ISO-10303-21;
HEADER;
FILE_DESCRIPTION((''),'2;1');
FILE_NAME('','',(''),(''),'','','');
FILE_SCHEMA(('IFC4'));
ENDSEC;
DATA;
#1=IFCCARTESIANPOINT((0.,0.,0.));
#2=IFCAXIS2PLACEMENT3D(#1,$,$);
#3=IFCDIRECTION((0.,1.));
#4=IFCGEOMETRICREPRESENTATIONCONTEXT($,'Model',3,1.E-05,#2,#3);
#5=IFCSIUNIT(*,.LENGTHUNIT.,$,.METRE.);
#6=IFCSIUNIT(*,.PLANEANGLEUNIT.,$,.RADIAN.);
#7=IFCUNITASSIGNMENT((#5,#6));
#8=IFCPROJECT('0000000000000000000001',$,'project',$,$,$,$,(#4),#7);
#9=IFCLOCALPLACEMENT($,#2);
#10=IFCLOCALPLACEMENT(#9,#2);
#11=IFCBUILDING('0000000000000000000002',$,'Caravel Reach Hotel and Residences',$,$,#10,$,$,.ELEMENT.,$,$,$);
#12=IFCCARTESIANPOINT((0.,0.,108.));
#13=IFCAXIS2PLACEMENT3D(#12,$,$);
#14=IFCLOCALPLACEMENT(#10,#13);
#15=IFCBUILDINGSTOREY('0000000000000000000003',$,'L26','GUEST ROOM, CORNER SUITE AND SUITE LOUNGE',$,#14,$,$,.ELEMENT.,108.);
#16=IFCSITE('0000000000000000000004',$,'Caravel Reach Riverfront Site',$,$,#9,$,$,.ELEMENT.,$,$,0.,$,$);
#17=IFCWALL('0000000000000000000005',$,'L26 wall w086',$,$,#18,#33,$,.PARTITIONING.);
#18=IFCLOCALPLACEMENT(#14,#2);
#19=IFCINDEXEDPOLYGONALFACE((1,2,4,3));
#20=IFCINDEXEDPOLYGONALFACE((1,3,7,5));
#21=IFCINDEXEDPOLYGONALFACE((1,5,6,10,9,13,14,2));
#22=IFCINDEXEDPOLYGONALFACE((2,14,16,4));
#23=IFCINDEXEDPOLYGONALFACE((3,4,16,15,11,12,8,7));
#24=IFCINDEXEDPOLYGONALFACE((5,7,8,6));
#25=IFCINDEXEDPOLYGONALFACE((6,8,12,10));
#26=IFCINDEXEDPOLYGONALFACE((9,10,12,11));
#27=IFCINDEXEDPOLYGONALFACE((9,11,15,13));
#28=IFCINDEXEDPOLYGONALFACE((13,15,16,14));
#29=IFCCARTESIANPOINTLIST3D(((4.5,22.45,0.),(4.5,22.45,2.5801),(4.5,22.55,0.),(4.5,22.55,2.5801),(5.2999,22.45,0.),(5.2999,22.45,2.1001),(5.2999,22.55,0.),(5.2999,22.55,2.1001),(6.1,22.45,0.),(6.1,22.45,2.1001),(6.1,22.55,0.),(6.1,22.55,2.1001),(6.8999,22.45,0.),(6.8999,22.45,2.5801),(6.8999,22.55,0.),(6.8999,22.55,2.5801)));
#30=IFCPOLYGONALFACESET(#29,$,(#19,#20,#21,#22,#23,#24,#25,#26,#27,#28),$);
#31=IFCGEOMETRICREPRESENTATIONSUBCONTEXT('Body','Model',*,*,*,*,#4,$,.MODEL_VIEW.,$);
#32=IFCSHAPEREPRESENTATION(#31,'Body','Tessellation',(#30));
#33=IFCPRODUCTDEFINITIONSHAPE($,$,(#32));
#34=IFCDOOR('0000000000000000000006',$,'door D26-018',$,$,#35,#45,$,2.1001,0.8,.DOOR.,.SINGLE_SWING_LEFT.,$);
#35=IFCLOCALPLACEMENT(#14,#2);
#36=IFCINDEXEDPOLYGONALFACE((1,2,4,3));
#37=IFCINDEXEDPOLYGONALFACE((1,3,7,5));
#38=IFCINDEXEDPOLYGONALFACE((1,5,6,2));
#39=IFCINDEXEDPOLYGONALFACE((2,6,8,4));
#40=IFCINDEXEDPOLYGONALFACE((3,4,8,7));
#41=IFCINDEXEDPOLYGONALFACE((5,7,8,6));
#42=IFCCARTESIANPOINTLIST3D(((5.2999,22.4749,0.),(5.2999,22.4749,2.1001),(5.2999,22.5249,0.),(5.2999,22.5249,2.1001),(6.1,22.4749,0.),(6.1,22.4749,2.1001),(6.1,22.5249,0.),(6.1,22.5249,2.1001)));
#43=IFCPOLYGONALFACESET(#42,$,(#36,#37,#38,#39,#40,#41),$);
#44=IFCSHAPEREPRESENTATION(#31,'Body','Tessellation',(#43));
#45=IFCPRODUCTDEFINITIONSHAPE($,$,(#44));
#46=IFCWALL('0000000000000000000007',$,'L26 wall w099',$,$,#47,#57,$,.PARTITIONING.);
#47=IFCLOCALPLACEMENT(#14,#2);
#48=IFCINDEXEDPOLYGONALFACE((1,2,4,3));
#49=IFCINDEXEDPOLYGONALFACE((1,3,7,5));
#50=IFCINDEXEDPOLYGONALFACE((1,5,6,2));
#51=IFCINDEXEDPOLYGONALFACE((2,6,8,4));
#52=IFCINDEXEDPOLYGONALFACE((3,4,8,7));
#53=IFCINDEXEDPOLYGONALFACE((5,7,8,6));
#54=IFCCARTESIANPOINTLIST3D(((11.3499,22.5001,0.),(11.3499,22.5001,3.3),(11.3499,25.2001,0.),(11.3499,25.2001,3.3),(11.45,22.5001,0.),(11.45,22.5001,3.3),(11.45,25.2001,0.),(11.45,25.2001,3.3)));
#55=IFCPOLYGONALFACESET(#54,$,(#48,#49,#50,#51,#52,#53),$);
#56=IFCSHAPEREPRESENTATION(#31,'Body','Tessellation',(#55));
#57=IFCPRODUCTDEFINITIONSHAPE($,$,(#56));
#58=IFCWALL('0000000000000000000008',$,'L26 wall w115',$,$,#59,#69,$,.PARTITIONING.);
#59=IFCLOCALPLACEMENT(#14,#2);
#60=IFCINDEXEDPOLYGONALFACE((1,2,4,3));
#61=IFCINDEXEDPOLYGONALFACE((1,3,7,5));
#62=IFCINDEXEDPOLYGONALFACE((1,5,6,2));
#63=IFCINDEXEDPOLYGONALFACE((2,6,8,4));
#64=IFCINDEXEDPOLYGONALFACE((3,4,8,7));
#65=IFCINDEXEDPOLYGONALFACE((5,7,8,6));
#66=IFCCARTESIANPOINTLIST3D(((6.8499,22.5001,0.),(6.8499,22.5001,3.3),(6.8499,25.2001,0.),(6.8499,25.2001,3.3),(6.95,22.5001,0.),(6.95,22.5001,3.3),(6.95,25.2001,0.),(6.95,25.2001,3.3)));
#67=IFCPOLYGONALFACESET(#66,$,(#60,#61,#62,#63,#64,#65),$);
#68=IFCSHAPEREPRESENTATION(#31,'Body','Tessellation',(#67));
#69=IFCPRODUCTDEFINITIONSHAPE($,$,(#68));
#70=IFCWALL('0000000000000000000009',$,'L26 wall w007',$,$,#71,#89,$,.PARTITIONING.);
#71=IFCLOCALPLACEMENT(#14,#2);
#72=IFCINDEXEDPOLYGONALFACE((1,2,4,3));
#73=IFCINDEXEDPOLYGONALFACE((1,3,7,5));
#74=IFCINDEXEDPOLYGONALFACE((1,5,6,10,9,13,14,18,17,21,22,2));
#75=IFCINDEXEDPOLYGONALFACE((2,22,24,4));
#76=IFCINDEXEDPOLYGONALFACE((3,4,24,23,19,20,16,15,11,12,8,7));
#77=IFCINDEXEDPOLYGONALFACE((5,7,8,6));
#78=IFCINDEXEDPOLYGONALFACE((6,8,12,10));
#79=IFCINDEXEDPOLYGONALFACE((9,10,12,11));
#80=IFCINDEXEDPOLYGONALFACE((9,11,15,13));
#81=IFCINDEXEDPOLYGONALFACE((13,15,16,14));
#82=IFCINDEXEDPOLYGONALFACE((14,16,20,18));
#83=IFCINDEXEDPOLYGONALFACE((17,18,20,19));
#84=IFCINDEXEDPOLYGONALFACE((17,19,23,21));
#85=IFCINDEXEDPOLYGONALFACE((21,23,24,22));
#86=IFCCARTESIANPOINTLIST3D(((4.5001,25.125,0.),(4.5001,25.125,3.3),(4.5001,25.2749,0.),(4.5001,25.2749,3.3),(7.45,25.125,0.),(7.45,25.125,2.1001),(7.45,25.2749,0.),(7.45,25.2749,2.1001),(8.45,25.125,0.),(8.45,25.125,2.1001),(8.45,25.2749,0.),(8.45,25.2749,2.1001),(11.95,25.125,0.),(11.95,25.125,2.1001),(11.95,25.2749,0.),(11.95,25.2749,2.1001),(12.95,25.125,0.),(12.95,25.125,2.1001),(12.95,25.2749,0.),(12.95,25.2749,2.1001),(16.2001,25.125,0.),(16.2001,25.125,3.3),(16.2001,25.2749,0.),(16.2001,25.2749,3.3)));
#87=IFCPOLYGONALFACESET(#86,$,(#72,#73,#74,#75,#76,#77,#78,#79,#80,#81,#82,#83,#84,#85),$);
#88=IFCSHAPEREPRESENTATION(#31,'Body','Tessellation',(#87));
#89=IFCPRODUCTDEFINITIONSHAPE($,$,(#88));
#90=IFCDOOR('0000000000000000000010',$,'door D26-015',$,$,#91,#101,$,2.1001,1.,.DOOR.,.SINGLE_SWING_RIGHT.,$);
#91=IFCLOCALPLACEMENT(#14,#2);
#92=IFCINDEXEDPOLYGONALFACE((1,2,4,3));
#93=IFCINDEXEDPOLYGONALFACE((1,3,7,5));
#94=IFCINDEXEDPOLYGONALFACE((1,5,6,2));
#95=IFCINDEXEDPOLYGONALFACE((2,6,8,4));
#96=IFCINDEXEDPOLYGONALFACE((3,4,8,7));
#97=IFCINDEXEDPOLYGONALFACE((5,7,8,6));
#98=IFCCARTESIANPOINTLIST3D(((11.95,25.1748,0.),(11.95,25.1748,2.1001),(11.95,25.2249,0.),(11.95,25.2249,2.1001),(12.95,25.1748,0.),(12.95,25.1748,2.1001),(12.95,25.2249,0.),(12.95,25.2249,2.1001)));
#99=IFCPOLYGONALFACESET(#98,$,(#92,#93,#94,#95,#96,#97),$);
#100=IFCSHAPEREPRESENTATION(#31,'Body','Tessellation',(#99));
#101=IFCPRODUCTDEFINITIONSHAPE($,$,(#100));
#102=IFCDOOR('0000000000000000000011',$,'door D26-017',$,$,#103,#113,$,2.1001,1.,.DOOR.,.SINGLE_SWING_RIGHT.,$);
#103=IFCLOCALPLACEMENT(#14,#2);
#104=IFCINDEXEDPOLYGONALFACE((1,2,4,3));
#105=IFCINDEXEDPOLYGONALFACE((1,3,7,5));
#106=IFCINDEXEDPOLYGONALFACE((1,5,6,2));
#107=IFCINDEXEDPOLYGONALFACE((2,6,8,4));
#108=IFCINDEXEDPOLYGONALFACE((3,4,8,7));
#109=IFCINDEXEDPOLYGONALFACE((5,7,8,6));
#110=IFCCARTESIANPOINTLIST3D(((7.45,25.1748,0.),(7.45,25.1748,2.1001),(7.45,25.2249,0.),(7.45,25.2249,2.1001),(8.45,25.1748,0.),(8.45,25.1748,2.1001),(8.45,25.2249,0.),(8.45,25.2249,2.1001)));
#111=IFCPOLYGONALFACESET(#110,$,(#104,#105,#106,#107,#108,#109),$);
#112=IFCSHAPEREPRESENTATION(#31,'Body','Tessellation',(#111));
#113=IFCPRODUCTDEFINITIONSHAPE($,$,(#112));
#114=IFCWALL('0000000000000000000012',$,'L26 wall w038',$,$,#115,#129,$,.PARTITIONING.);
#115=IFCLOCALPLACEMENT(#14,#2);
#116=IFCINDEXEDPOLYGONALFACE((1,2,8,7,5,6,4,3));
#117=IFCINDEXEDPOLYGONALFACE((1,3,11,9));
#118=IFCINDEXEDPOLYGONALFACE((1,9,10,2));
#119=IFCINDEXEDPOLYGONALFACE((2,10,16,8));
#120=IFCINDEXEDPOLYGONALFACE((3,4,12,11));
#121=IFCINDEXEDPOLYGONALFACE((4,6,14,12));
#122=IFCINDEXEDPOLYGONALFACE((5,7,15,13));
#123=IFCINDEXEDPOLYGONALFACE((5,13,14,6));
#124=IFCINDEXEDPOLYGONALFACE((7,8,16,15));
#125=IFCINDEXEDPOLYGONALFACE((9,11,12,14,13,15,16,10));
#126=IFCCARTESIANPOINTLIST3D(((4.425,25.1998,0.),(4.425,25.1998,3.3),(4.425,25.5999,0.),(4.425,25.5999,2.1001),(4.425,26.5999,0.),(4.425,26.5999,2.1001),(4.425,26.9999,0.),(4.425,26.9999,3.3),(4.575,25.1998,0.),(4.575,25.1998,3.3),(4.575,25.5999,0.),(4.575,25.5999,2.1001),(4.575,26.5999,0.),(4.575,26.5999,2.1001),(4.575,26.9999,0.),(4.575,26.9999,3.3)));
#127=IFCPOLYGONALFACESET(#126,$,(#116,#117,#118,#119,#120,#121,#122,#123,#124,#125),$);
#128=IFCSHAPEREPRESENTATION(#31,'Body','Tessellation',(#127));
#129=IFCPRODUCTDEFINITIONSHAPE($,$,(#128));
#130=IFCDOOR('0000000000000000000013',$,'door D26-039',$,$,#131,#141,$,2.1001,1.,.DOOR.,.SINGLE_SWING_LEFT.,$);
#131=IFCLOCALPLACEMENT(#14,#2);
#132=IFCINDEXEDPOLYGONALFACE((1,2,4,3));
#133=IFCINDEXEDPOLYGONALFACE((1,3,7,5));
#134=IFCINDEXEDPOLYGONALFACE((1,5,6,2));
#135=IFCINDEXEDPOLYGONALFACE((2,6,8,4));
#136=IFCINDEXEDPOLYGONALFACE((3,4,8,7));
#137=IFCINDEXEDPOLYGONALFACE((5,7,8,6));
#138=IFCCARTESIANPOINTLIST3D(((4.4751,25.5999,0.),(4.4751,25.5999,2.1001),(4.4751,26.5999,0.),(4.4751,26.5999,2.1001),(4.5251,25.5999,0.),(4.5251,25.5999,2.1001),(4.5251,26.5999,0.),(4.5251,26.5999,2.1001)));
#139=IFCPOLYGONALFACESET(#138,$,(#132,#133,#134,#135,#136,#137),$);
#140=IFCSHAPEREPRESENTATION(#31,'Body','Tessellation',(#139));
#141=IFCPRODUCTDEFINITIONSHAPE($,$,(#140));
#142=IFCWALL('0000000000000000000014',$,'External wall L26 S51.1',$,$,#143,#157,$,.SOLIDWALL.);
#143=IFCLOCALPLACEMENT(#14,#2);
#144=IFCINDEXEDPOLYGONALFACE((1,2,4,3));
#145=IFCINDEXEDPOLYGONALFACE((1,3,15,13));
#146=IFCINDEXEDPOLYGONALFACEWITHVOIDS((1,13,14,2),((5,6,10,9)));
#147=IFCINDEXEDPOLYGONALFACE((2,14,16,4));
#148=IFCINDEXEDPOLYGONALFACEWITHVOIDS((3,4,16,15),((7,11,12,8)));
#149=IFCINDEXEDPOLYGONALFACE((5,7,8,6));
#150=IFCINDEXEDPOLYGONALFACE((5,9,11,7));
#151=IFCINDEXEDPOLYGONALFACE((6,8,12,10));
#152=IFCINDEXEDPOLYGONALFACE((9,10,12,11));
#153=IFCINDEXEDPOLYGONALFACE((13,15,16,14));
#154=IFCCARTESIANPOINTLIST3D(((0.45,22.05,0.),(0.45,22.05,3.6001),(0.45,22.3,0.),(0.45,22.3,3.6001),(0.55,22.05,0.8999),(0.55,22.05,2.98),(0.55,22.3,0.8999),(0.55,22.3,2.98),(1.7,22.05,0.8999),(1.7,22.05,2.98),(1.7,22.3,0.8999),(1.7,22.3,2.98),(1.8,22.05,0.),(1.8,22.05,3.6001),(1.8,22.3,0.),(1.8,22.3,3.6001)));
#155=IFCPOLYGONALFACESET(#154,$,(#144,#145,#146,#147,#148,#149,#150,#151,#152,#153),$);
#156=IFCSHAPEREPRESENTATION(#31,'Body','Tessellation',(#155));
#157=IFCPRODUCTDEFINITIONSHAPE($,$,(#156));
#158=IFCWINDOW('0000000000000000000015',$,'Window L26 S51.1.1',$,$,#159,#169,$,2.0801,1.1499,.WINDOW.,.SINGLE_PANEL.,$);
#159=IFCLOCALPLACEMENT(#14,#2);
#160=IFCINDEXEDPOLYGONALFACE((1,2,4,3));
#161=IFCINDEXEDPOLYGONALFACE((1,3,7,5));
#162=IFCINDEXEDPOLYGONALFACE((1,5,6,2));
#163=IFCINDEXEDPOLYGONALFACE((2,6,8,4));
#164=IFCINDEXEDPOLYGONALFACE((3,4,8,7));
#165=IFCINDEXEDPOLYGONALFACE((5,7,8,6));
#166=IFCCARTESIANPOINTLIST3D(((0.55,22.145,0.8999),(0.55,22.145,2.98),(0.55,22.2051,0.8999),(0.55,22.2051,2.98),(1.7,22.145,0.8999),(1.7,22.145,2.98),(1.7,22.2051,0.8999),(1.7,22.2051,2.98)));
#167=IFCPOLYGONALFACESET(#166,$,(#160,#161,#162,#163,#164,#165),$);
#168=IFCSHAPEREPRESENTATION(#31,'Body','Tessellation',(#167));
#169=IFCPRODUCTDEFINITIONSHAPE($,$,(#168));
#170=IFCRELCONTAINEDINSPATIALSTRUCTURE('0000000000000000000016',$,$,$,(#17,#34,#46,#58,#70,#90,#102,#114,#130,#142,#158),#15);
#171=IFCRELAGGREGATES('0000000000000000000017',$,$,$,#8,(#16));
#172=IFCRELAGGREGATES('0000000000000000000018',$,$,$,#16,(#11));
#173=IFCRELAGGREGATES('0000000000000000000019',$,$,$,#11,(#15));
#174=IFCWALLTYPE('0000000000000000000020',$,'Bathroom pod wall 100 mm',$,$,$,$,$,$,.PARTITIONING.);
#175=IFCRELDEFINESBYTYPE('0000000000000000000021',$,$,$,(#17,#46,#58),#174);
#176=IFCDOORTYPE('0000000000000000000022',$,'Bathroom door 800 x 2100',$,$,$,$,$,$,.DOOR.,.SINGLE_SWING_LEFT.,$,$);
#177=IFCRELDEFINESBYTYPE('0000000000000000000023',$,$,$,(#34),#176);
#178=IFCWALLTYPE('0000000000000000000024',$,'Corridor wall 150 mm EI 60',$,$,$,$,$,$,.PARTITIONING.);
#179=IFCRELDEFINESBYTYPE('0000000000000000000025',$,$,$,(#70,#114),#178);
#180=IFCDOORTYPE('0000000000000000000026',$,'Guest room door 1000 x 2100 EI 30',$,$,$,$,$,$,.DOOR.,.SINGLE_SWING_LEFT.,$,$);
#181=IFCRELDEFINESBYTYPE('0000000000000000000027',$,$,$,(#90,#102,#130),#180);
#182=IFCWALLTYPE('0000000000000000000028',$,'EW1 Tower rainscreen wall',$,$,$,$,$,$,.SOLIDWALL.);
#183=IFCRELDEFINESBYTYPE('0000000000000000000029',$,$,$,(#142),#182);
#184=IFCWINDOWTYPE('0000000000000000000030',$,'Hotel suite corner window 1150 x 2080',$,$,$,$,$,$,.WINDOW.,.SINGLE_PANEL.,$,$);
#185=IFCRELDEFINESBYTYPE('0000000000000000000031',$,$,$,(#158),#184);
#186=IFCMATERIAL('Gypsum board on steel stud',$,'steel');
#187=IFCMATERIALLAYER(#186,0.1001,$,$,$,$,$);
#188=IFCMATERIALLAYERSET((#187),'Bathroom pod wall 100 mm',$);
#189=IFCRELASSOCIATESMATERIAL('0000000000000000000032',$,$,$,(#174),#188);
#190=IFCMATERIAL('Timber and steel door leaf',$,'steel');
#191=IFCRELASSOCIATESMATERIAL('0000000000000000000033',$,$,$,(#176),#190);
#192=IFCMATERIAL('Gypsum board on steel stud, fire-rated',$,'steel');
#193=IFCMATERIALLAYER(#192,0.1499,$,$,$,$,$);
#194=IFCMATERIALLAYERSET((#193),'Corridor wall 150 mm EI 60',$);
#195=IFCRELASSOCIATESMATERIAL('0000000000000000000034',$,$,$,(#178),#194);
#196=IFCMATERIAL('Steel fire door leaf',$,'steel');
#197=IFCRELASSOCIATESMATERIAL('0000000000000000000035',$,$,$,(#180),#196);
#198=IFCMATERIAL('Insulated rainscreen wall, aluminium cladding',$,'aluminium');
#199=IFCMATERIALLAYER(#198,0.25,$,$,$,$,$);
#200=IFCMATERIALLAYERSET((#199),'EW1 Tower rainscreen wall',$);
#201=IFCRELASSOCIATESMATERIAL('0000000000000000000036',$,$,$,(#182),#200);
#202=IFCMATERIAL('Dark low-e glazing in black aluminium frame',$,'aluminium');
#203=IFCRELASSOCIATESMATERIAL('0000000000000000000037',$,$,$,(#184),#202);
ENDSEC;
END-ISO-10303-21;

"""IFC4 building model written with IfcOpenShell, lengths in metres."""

from ifc_helpers import new_model, si_unit, direction, frame, frame_2d, origin, place, context, subcontext, project, spatial, rectangle, extrude, material, layer, layer_set, type_object, element, fill, save


model = new_model("IFC4")

# Units and contexts
model_context = context("Model", 3, precision=1e-05, world=origin(), true_north=direction((0.0, 1.0)))
body_context = subcontext(model_context, "Body", "Model", "MODEL_VIEW")
ifc_project = project(units=[si_unit("LENGTHUNIT", "METRE"), si_unit("PLANEANGLEUNIT", "RADIAN")], contexts=[model_context])

# Site, building, storey
site_placement = place(None, origin())
site = spatial("IfcSite", under=ifc_project, at=site_placement, Name="Caravel Reach Riverfront Site", CompositionType="ELEMENT", RefElevation=0.0)
building_placement = place(site_placement, origin())
building = spatial("IfcBuilding", under=site, at=building_placement, Name="Caravel Reach Hotel and Residences", CompositionType="ELEMENT")
storey_placement = place(building_placement, frame((0.0, 0.0, 108.0)))
storey = spatial("IfcBuildingStorey", under=building, at=storey_placement, Name="L26", Description="GUEST ROOM, CORNER SUITE AND SUITE LOUNGE", CompositionType="ELEMENT", Elevation=108.0)

# Wall, opening, door
ifc_material_1 = material(Name="Gypsum board on steel stud", Category="steel")
ifc_layer_1 = layer(ifc_material_1, 0.1001)
ifc_layer_set_1 = layer_set([ifc_layer_1], Name="Bathroom pod wall 100 mm")
wall_type_1 = type_object("IfcWallType", Name="Bathroom pod wall 100 mm", PredefinedType="PARTITIONING", material=ifc_layer_set_1)
ifc_material_2 = material(Name="Timber and steel door leaf", Category="steel")
door_type_1 = type_object("IfcDoorType", Name="Bathroom door 800 x 2100", OperationType="SINGLE_SWING_LEFT", PredefinedType="DOOR", material=ifc_material_2)
wall_1_placement = place(storey_placement, frame((4.5, 22.5, 0.0), z_axis=(0.0, 0.0, 1.0), x_axis=(1.0, 0.0, 0.0)))
wall_1 = element("IfcWall", 1, at=wall_1_placement, inside=storey, type_object=wall_type_1, Name="L26 wall w086", PredefinedType="PARTITIONING", context=body_context, shape_type="SweptSolid", body=[
    extrude(rectangle(XDim=2.3999, YDim=0.1001, at=frame_2d((1.2, 0.0))), origin(), (0.0, 0.0, 1.0), 2.5801),
])
opening_1_placement = place(wall_1_placement, frame((0.8, 0.0, 0.0)))
opening_1 = element("IfcOpeningElement", 2, at=opening_1_placement, cuts=wall_1, PredefinedType="OPENING", context=body_context, shape_type="SweptSolid", body=[
    extrude(rectangle(XDim=0.8, YDim=2.1001, at=frame_2d((0.3999, 1.05))), frame((0.0, 0.0601, 0.0), z_axis=(0.0, -1.0, 0.0), x_axis=(1.0, 0.0, 0.0)), (0.0, 0.0, 1.0), 0.1201),
])
door_1_placement = place(opening_1_placement, origin())
door_1 = element("IfcDoor", 3, at=door_1_placement, inside=storey, type_object=door_type_1, Name="door D26-018", OperationType="SINGLE_SWING_LEFT", OverallHeight=2.1001, OverallWidth=0.8, PredefinedType="DOOR", context=body_context, shape_type="SweptSolid", body=[
    extrude(rectangle(XDim=0.8, YDim=2.1001, at=frame_2d((0.3999, 1.05))), frame((0.0, 0.0249, 0.0), z_axis=(0.0, -1.0, 0.0), x_axis=(1.0, 0.0, 0.0)), (0.0, 0.0, 1.0), 0.05),
])
fill(opening_1, door_1)

# Walls
for number, where, z_axis, x_axis, name in (
    (4, (11.3999, 22.5, 0.0), (0.0, 0.0, 1.0), (0.0, 1.0, 0.0), "L26 wall w099"),
    (5, (6.8999, 22.5, 0.0), (0.0, 0.0, 1.0), (0.0, 1.0, 0.0), "L26 wall w115"),
):
    element("IfcWall", number, at=place(storey_placement, frame(where, z_axis=z_axis, x_axis=x_axis)), inside=storey, type_object=wall_type_1, Name=name, PredefinedType="PARTITIONING", context=body_context, shape_type="SweptSolid", body=[
        extrude(rectangle(XDim=2.7, YDim=0.1001, at=frame_2d((1.3501, 0.0))), origin(), (0.0, 0.0, 1.0), 3.3),
    ])

# Wall, openings, doors
ifc_material_3 = material(Name="Gypsum board on steel stud, fire-rated", Category="steel")
ifc_layer_2 = layer(ifc_material_3, 0.1499)
ifc_layer_set_2 = layer_set([ifc_layer_2], Name="Corridor wall 150 mm EI 60")
wall_type_2 = type_object("IfcWallType", Name="Corridor wall 150 mm EI 60", PredefinedType="PARTITIONING", material=ifc_layer_set_2)
wall_2_placement = place(storey_placement, frame((4.5, 25.2, 0.0), z_axis=(0.0, 0.0, 1.0), x_axis=(1.0, 0.0, 0.0)))
wall_2 = element("IfcWall", 6, at=wall_2_placement, inside=storey, type_object=wall_type_2, Name="L26 wall w007", PredefinedType="PARTITIONING", context=body_context, shape_type="SweptSolid", body=[
    extrude(rectangle(XDim=11.7, YDim=0.1499, at=frame_2d((5.8501, 0.0))), origin(), (0.0, 0.0, 1.0), 3.3),
])
opening_2_placement = place(wall_2_placement, frame((7.45, 0.0, 0.0)))
opening_2 = element("IfcOpeningElement", 7, at=opening_2_placement, cuts=wall_2, PredefinedType="OPENING", context=body_context, shape_type="SweptSolid", body=[
    extrude(rectangle(XDim=1.0, YDim=2.1001, at=frame_2d((0.5, 1.05))), frame((0.0, 0.085, 0.0), z_axis=(0.0, -1.0, 0.0), x_axis=(1.0, 0.0, 0.0)), (0.0, 0.0, 1.0), 0.1699),
])
opening_3_placement = place(wall_2_placement, frame((2.95, 0.0, 0.0)))
opening_3 = element("IfcOpeningElement", 8, at=opening_3_placement, cuts=wall_2, PredefinedType="OPENING", context=body_context, shape_type="SweptSolid", body=[
    extrude(rectangle(XDim=1.0, YDim=2.1001, at=frame_2d((0.5, 1.05))), frame((0.0, 0.085, 0.0), z_axis=(0.0, -1.0, 0.0), x_axis=(1.0, 0.0, 0.0)), (0.0, 0.0, 1.0), 0.1699),
])
ifc_material_4 = material(Name="Steel fire door leaf", Category="steel")
door_type_2 = type_object("IfcDoorType", Name="Guest room door 1000 x 2100 EI 30", OperationType="SINGLE_SWING_LEFT", PredefinedType="DOOR", material=ifc_material_4)
door_2_placement = place(opening_2_placement, origin())
door_2 = element("IfcDoor", 9, at=door_2_placement, inside=storey, type_object=door_type_2, Name="door D26-015", OperationType="SINGLE_SWING_RIGHT", OverallHeight=2.1001, OverallWidth=1.0, PredefinedType="DOOR", context=body_context, shape_type="SweptSolid", body=[
    extrude(rectangle(XDim=1.0, YDim=2.1001, at=frame_2d((0.5, 1.05))), frame((0.0, 0.0249, 0.0), z_axis=(0.0, -1.0, 0.0), x_axis=(1.0, 0.0, 0.0)), (0.0, 0.0, 1.0), 0.05),
])
fill(opening_2, door_2)
door_3_placement = place(opening_3_placement, origin())
door_3 = element("IfcDoor", 10, at=door_3_placement, inside=storey, type_object=door_type_2, Name="door D26-017", OperationType="SINGLE_SWING_RIGHT", OverallHeight=2.1001, OverallWidth=1.0, PredefinedType="DOOR", context=body_context, shape_type="SweptSolid", body=[
    extrude(rectangle(XDim=1.0, YDim=2.1001, at=frame_2d((0.5, 1.05))), frame((0.0, 0.0249, 0.0), z_axis=(0.0, -1.0, 0.0), x_axis=(1.0, 0.0, 0.0)), (0.0, 0.0, 1.0), 0.05),
])
fill(opening_3, door_3)

# Wall, opening, door
wall_3_placement = place(storey_placement, frame((4.5, 25.2, 0.0), z_axis=(0.0, 0.0, 1.0), x_axis=(0.0, 1.0, 0.0)))
wall_3 = element("IfcWall", 11, at=wall_3_placement, inside=storey, type_object=wall_type_2, Name="L26 wall w038", PredefinedType="PARTITIONING", context=body_context, shape_type="SweptSolid", body=[
    extrude(rectangle(XDim=1.8, YDim=0.1499, at=frame_2d((0.8999, 0.0))), origin(), (0.0, 0.0, 1.0), 3.3),
])
opening_4_placement = place(wall_3_placement, frame((0.3999, 0.0, 0.0)))
opening_4 = element("IfcOpeningElement", 12, at=opening_4_placement, cuts=wall_3, PredefinedType="OPENING", context=body_context, shape_type="SweptSolid", body=[
    extrude(rectangle(XDim=1.0, YDim=2.1001, at=frame_2d((0.5, 1.05))), frame((0.0, 0.085, 0.0), z_axis=(0.0, -1.0, 0.0), x_axis=(1.0, 0.0, 0.0)), (0.0, 0.0, 1.0), 0.1699),
])
door_4_placement = place(opening_4_placement, origin())
door_4 = element("IfcDoor", 13, at=door_4_placement, inside=storey, type_object=door_type_2, Name="door D26-039", OperationType="SINGLE_SWING_LEFT", OverallHeight=2.1001, OverallWidth=1.0, PredefinedType="DOOR", context=body_context, shape_type="SweptSolid", body=[
    extrude(rectangle(XDim=1.0, YDim=2.1001, at=frame_2d((0.5, 1.05))), frame((0.0, 0.0249, 0.0), z_axis=(0.0, -1.0, 0.0), x_axis=(1.0, 0.0, 0.0)), (0.0, 0.0, 1.0), 0.05),
])
fill(opening_4, door_4)

# Wall, opening, window
ifc_material_5 = material(Name="Insulated rainscreen wall, aluminium cladding", Category="aluminium")
ifc_layer_3 = layer(ifc_material_5, 0.25)
ifc_layer_set_3 = layer_set([ifc_layer_3], Name="EW1 Tower rainscreen wall")
wall_type_3 = type_object("IfcWallType", Name="EW1 Tower rainscreen wall", PredefinedType="SOLIDWALL", material=ifc_layer_set_3)
wall_4_placement = place(storey_placement, frame((0.45, 22.175, 0.0), z_axis=(0.0, 0.0, 1.0), x_axis=(1.0, 0.0, 0.0)))
wall_4 = element("IfcWall", 14, at=wall_4_placement, inside=storey, type_object=wall_type_3, Name="External wall L26 S51.1", PredefinedType="SOLIDWALL", context=body_context, shape_type="SweptSolid", body=[
    extrude(rectangle(XDim=1.3501, YDim=0.25, at=frame_2d((0.675, 0.0))), origin(), (0.0, 0.0, 1.0), 3.6001),
])
opening_5_placement = place(wall_4_placement, frame((0.1001, 0.0, 0.8999)))
opening_5 = element("IfcOpeningElement", 15, at=opening_5_placement, cuts=wall_4, PredefinedType="OPENING", context=body_context, shape_type="SweptSolid", body=[
    extrude(rectangle(XDim=1.1499, YDim=2.0801, at=frame_2d((0.575, 1.04))), frame((0.0, 0.135, 0.0), z_axis=(0.0, -1.0, 0.0), x_axis=(1.0, 0.0, 0.0)), (0.0, 0.0, 1.0), 0.27),
])
ifc_material_6 = material(Name="Dark low-e glazing in black aluminium frame", Category="aluminium")
window_type = type_object("IfcWindowType", Name="Hotel suite corner window 1150 x 2080", PartitioningType="SINGLE_PANEL", PredefinedType="WINDOW", material=ifc_material_6)
window_1_placement = place(opening_5_placement, origin())
window_1 = element("IfcWindow", 16, at=window_1_placement, inside=storey, type_object=window_type, Name="Window L26 S51.1.1", OverallHeight=2.0801, OverallWidth=1.1499, PartitioningType="SINGLE_PANEL", PredefinedType="WINDOW", context=body_context, shape_type="SweptSolid", body=[
    extrude(rectangle(XDim=1.1499, YDim=2.0801, at=frame_2d((0.575, 1.04))), frame((0.0, 0.03, 0.0), z_axis=(0.0, -1.0, 0.0), x_axis=(1.0, 0.0, 0.0)), (0.0, 0.0, 1.0), 0.0601),
])
fill(opening_5, window_1)

save(model, "model.ifc")
